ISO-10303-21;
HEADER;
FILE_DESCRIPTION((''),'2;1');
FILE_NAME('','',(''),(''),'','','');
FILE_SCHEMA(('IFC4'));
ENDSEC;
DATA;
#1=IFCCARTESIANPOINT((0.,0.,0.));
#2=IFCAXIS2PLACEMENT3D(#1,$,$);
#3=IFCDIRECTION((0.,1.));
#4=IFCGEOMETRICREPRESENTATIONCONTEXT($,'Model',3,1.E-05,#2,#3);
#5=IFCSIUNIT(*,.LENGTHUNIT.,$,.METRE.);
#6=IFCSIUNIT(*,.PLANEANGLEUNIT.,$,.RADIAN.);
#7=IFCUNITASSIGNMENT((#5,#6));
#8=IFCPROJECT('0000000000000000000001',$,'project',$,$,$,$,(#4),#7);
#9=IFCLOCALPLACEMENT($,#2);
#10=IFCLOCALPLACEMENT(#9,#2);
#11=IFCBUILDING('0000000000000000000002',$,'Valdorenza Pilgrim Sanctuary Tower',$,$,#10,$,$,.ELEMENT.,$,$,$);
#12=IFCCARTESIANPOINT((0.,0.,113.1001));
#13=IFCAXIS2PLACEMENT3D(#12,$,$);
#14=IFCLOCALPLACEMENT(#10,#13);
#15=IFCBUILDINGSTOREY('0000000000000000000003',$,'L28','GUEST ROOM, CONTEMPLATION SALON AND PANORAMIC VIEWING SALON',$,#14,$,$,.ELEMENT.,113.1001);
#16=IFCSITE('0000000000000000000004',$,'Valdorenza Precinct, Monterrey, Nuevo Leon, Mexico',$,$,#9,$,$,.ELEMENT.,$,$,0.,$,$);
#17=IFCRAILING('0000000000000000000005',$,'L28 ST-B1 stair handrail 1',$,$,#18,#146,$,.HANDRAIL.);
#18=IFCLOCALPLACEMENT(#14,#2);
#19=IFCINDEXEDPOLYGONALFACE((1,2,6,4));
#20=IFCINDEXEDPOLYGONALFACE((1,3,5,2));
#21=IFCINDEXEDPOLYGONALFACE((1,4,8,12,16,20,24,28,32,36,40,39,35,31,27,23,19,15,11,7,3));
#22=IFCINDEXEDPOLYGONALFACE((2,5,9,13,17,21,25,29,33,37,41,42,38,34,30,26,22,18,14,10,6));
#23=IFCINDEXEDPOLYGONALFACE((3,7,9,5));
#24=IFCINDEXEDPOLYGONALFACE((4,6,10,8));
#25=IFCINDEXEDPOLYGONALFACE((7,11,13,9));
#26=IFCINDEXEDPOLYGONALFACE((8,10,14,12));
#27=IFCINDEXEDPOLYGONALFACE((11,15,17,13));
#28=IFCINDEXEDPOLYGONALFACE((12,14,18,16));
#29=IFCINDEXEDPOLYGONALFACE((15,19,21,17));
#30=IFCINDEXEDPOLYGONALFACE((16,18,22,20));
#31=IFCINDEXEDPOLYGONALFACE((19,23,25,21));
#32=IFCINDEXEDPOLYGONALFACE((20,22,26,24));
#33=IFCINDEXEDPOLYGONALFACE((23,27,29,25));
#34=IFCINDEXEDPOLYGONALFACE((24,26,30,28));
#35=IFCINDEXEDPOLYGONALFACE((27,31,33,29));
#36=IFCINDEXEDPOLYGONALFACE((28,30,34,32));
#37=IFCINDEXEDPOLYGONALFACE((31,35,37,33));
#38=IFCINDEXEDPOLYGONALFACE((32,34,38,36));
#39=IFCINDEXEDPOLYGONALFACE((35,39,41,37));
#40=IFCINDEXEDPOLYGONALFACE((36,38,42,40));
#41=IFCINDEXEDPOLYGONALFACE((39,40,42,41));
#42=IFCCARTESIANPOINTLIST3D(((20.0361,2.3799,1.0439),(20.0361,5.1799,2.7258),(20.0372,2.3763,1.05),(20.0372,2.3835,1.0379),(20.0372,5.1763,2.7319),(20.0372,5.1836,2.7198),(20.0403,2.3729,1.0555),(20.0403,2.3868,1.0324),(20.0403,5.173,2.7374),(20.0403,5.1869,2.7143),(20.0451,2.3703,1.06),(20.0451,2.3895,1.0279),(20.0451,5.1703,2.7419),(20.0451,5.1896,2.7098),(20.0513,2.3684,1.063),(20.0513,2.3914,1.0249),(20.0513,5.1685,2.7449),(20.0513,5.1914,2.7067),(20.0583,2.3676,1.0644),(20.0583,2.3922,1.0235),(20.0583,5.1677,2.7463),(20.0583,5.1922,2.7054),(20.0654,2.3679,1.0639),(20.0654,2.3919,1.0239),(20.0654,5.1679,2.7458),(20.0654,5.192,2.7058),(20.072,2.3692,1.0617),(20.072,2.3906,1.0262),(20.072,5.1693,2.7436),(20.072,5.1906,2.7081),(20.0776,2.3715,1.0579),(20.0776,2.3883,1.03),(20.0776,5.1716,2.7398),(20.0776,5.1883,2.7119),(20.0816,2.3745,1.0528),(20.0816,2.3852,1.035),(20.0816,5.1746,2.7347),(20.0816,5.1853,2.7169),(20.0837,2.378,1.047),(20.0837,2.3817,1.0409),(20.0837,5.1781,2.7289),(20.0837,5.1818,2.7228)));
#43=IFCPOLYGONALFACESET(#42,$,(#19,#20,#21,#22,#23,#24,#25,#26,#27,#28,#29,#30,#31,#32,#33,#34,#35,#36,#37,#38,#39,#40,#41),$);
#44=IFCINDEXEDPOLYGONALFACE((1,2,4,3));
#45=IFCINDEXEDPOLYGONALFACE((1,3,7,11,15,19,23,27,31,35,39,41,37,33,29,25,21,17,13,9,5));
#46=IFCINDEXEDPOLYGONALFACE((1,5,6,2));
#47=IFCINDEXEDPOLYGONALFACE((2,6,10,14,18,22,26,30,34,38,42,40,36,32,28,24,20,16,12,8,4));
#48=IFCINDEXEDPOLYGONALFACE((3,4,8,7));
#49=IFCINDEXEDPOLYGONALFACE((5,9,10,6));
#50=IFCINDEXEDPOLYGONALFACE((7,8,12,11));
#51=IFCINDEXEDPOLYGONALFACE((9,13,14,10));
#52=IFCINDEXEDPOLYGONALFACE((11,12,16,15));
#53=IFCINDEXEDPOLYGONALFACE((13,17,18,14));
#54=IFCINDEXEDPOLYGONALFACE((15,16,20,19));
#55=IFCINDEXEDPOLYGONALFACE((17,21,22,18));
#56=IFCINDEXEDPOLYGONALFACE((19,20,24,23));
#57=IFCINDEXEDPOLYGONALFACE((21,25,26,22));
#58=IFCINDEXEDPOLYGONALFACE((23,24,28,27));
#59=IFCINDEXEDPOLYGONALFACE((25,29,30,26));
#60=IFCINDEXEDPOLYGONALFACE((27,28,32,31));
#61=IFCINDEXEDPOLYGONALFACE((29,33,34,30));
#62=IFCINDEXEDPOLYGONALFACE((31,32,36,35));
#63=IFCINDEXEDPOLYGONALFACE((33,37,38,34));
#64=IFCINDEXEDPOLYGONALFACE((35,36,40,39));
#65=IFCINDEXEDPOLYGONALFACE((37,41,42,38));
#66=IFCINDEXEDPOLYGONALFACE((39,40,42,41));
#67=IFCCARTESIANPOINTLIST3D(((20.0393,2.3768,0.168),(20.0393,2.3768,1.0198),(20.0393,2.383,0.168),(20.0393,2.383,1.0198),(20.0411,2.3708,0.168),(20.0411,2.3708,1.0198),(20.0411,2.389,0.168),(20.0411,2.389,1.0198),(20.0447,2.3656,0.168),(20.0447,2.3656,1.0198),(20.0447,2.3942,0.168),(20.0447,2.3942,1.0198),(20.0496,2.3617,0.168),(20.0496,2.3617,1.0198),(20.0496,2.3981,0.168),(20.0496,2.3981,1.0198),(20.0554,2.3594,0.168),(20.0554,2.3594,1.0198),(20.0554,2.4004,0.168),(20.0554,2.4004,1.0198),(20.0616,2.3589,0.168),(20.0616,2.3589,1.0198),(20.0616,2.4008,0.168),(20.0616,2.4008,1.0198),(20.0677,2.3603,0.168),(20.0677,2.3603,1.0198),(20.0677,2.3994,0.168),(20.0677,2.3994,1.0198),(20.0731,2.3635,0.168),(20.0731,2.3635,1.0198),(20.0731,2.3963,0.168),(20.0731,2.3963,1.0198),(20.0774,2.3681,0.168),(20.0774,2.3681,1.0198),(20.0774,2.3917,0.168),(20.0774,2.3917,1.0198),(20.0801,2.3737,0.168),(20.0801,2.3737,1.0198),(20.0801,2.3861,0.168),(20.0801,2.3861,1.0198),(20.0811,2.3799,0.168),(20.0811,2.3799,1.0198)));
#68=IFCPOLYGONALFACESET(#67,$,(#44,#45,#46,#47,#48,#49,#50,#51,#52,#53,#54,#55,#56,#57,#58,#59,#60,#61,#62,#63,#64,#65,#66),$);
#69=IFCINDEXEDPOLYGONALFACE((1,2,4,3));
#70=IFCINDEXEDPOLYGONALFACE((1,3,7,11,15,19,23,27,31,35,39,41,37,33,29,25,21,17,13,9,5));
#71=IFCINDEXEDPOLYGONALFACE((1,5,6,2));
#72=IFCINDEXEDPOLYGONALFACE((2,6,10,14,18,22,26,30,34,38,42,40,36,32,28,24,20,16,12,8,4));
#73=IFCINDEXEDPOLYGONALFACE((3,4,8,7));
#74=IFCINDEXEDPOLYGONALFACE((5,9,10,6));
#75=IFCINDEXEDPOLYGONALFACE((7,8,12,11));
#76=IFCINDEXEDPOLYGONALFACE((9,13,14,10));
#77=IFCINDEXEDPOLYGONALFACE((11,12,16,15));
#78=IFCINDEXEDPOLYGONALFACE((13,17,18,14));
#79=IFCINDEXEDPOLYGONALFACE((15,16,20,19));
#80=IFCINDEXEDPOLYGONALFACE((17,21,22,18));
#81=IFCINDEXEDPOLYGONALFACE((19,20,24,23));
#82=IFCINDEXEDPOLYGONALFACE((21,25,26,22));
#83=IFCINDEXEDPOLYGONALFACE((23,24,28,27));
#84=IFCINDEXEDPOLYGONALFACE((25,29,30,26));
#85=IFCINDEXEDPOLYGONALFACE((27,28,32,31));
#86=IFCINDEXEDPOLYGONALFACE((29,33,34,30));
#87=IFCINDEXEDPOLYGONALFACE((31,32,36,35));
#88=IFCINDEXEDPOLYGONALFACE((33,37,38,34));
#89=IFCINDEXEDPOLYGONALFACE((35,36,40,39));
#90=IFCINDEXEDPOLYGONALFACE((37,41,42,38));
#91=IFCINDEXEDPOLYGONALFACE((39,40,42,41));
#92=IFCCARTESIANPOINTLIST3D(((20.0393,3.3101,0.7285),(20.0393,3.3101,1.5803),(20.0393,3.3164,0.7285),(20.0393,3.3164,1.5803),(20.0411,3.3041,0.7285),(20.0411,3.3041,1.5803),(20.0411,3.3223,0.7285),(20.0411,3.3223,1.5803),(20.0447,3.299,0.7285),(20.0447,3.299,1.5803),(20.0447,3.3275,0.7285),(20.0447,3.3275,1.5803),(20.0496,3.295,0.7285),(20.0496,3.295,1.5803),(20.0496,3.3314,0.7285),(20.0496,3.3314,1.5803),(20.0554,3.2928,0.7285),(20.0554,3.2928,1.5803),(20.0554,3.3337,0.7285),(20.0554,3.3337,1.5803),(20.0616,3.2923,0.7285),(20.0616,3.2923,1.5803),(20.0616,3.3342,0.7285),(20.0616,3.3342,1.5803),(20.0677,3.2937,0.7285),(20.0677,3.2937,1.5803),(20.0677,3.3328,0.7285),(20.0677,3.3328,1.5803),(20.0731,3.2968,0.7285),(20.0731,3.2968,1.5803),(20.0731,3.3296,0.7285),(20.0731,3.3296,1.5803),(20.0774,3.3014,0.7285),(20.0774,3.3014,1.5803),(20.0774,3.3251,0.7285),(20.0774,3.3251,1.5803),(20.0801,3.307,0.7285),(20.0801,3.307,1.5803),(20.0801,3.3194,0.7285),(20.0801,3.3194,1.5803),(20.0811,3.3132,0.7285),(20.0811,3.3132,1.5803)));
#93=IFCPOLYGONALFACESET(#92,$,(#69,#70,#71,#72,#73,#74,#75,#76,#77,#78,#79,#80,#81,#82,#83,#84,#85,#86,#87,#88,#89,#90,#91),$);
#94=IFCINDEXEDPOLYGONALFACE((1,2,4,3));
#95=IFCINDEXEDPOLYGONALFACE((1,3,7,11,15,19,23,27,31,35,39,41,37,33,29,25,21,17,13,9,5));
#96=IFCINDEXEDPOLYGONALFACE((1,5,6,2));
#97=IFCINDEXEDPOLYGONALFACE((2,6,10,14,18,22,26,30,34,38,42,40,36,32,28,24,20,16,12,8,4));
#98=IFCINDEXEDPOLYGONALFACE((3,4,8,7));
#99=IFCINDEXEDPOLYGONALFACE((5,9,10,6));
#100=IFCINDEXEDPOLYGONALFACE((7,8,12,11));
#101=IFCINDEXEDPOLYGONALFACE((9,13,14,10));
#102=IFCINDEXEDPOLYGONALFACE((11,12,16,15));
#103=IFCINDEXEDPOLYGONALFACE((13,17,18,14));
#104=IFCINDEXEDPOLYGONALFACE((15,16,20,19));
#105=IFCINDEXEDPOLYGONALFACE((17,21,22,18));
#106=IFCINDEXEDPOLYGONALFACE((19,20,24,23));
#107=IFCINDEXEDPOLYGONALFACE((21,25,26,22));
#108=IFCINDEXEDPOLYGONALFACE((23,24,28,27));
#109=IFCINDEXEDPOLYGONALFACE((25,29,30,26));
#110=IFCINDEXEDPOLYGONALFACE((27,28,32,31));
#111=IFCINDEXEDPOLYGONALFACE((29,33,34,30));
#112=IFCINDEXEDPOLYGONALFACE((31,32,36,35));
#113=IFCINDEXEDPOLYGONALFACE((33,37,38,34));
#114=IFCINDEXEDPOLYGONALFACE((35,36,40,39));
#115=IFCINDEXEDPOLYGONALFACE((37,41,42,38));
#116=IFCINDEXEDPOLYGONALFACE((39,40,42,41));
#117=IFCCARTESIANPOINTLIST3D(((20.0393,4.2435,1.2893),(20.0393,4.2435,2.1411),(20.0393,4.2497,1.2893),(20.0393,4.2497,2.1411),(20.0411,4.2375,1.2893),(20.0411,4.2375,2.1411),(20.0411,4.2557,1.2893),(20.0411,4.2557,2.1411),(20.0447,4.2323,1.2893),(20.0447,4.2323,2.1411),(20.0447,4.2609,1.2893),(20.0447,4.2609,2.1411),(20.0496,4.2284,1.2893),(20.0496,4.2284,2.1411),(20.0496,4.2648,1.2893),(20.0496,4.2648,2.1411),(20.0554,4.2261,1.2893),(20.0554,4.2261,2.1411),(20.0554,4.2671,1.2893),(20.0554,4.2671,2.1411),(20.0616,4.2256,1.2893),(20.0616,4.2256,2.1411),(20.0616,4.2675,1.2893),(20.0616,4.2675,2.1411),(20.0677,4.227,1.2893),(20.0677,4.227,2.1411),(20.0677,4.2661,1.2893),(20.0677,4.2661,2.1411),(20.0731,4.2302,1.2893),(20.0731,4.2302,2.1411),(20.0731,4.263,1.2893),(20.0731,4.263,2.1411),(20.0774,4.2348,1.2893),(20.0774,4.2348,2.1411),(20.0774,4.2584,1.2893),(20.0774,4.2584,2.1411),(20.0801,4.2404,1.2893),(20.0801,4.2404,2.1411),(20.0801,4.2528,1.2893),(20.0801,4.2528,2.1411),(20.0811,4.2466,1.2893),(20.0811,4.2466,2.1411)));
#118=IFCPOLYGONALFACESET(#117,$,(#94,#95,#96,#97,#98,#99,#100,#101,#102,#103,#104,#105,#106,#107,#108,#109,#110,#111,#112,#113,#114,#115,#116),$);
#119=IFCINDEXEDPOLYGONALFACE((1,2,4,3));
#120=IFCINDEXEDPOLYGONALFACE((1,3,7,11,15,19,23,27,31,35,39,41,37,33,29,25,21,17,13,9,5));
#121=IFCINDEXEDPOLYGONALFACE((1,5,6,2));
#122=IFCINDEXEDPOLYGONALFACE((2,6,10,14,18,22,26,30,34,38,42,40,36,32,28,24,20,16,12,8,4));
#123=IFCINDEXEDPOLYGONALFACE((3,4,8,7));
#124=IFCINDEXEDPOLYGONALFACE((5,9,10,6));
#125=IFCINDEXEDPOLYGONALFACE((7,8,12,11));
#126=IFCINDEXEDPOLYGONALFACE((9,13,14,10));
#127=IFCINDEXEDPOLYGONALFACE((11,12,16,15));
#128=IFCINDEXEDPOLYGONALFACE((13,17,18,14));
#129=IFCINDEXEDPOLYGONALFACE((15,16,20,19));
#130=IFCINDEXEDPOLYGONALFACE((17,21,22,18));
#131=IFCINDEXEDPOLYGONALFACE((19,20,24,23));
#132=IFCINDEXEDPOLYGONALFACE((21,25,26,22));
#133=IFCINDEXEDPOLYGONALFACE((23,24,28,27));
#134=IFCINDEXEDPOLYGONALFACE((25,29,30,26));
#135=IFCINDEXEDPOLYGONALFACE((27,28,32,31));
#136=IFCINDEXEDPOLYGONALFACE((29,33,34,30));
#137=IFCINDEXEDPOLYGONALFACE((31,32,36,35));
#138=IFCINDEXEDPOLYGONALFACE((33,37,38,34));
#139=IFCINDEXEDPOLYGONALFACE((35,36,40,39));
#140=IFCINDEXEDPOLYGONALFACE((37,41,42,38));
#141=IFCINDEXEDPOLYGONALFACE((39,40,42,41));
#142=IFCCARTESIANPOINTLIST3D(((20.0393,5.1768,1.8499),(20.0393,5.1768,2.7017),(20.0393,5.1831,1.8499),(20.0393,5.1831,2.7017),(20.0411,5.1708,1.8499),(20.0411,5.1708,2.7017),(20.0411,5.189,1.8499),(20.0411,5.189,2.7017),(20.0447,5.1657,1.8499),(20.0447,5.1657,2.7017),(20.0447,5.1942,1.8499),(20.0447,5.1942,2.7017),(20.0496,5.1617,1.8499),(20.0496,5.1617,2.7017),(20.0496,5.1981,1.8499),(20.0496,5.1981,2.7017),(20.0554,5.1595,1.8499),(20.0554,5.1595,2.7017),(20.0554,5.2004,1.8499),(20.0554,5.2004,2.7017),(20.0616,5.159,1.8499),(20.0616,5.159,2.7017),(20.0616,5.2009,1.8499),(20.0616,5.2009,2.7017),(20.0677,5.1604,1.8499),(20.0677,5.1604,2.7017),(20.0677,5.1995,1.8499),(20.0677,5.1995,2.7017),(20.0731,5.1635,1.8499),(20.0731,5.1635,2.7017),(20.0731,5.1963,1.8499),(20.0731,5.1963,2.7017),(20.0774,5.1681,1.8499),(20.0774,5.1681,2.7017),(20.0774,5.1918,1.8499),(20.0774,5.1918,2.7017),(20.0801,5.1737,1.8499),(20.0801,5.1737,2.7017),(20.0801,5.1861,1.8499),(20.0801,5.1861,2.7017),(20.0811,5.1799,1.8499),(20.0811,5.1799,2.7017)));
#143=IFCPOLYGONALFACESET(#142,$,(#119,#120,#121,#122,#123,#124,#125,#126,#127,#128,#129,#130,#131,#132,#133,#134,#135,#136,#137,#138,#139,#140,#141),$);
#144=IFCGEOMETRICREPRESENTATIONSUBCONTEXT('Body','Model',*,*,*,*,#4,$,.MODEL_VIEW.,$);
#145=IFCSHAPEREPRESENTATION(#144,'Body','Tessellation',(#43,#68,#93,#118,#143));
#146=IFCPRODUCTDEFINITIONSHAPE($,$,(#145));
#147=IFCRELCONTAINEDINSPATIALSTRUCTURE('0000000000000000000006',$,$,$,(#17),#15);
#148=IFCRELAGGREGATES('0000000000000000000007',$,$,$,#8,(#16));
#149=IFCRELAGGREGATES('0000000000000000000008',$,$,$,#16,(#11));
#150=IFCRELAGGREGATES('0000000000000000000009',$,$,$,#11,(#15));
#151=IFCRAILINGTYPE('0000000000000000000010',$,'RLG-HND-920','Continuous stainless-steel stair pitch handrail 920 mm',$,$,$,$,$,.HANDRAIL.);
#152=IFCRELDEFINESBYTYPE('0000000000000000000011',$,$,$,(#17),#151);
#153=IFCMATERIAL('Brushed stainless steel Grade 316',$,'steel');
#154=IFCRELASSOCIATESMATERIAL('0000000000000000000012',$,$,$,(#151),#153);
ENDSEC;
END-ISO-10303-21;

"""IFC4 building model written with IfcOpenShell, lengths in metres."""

from ifc_helpers import new_model, si_unit, direction, frame, origin, origin_2d, place, context, subcontext, project, spatial, circle, extrude, material, type_object, element, save


model = new_model("IFC4")

# Units and contexts
model_context = context("Model", 3, precision=1e-05, world=origin(), true_north=direction((0.0, 1.0)))
body_context = subcontext(model_context, "Body", "Model", "MODEL_VIEW")
ifc_project = project(units=[si_unit("LENGTHUNIT", "METRE"), si_unit("PLANEANGLEUNIT", "RADIAN")], contexts=[model_context])

# Site, building, storey
site_placement = place(None, origin())
site = spatial("IfcSite", under=ifc_project, at=site_placement, Name="Valdorenza Precinct, Monterrey, Nuevo Leon, Mexico", CompositionType="ELEMENT", RefElevation=0.0)
building_placement = place(site_placement, origin())
building = spatial("IfcBuilding", under=site, at=building_placement, Name="Valdorenza Pilgrim Sanctuary Tower", CompositionType="ELEMENT")
storey_placement = place(building_placement, frame((0.0, 0.0, 113.1001)))
storey = spatial("IfcBuildingStorey", under=building, at=storey_placement, Name="L28", Description="GUEST ROOM, CONTEMPLATION SALON AND PANORAMIC VIEWING SALON", CompositionType="ELEMENT", Elevation=113.1001)

# Shared definitions
ifc_material_1 = material(Name="Brushed stainless steel Grade 316", Category="steel")

# Railing
railing_type_1 = type_object("IfcRailingType", Name="RLG-HND-920", Description="Continuous stainless-steel stair pitch handrail 920 mm", PredefinedType="HANDRAIL", material=ifc_material_1)
railing_1_placement = place(storey_placement, frame((20.0601, 2.3799, 0.168)))
element("IfcRailing", 1, at=railing_1_placement, inside=storey, type_object=railing_type_1, Name="L28 ST-B1 stair handrail 1", PredefinedType="HANDRAIL", context=body_context, shape_type="SweptSolid", body=[
    extrude(circle(Radius=0.0239, at=origin_2d()), frame((0.0, 0.0, 0.876), z_axis=(0.0, 0.857242, 0.514913), x_axis=(-1.0, 0.0, 0.0)), (0.0, 0.0, 1.0), 3.2664),
    extrude(circle(Radius=0.021, at=origin_2d()), origin(), (0.0, 0.0, 1.0), 0.8518),
    extrude(circle(Radius=0.021, at=origin_2d()), frame((0.0, 0.9333, 0.5605)), (0.0, 0.0, 1.0), 0.8518),
    extrude(circle(Radius=0.021, at=origin_2d()), frame((0.0, 1.8667, 1.1213)), (0.0, 0.0, 1.0), 0.8518),
    extrude(circle(Radius=0.021, at=origin_2d()), frame((0.0, 2.8, 1.6819)), (0.0, 0.0, 1.0), 0.8518),
])

save(model, "model.ifc")
